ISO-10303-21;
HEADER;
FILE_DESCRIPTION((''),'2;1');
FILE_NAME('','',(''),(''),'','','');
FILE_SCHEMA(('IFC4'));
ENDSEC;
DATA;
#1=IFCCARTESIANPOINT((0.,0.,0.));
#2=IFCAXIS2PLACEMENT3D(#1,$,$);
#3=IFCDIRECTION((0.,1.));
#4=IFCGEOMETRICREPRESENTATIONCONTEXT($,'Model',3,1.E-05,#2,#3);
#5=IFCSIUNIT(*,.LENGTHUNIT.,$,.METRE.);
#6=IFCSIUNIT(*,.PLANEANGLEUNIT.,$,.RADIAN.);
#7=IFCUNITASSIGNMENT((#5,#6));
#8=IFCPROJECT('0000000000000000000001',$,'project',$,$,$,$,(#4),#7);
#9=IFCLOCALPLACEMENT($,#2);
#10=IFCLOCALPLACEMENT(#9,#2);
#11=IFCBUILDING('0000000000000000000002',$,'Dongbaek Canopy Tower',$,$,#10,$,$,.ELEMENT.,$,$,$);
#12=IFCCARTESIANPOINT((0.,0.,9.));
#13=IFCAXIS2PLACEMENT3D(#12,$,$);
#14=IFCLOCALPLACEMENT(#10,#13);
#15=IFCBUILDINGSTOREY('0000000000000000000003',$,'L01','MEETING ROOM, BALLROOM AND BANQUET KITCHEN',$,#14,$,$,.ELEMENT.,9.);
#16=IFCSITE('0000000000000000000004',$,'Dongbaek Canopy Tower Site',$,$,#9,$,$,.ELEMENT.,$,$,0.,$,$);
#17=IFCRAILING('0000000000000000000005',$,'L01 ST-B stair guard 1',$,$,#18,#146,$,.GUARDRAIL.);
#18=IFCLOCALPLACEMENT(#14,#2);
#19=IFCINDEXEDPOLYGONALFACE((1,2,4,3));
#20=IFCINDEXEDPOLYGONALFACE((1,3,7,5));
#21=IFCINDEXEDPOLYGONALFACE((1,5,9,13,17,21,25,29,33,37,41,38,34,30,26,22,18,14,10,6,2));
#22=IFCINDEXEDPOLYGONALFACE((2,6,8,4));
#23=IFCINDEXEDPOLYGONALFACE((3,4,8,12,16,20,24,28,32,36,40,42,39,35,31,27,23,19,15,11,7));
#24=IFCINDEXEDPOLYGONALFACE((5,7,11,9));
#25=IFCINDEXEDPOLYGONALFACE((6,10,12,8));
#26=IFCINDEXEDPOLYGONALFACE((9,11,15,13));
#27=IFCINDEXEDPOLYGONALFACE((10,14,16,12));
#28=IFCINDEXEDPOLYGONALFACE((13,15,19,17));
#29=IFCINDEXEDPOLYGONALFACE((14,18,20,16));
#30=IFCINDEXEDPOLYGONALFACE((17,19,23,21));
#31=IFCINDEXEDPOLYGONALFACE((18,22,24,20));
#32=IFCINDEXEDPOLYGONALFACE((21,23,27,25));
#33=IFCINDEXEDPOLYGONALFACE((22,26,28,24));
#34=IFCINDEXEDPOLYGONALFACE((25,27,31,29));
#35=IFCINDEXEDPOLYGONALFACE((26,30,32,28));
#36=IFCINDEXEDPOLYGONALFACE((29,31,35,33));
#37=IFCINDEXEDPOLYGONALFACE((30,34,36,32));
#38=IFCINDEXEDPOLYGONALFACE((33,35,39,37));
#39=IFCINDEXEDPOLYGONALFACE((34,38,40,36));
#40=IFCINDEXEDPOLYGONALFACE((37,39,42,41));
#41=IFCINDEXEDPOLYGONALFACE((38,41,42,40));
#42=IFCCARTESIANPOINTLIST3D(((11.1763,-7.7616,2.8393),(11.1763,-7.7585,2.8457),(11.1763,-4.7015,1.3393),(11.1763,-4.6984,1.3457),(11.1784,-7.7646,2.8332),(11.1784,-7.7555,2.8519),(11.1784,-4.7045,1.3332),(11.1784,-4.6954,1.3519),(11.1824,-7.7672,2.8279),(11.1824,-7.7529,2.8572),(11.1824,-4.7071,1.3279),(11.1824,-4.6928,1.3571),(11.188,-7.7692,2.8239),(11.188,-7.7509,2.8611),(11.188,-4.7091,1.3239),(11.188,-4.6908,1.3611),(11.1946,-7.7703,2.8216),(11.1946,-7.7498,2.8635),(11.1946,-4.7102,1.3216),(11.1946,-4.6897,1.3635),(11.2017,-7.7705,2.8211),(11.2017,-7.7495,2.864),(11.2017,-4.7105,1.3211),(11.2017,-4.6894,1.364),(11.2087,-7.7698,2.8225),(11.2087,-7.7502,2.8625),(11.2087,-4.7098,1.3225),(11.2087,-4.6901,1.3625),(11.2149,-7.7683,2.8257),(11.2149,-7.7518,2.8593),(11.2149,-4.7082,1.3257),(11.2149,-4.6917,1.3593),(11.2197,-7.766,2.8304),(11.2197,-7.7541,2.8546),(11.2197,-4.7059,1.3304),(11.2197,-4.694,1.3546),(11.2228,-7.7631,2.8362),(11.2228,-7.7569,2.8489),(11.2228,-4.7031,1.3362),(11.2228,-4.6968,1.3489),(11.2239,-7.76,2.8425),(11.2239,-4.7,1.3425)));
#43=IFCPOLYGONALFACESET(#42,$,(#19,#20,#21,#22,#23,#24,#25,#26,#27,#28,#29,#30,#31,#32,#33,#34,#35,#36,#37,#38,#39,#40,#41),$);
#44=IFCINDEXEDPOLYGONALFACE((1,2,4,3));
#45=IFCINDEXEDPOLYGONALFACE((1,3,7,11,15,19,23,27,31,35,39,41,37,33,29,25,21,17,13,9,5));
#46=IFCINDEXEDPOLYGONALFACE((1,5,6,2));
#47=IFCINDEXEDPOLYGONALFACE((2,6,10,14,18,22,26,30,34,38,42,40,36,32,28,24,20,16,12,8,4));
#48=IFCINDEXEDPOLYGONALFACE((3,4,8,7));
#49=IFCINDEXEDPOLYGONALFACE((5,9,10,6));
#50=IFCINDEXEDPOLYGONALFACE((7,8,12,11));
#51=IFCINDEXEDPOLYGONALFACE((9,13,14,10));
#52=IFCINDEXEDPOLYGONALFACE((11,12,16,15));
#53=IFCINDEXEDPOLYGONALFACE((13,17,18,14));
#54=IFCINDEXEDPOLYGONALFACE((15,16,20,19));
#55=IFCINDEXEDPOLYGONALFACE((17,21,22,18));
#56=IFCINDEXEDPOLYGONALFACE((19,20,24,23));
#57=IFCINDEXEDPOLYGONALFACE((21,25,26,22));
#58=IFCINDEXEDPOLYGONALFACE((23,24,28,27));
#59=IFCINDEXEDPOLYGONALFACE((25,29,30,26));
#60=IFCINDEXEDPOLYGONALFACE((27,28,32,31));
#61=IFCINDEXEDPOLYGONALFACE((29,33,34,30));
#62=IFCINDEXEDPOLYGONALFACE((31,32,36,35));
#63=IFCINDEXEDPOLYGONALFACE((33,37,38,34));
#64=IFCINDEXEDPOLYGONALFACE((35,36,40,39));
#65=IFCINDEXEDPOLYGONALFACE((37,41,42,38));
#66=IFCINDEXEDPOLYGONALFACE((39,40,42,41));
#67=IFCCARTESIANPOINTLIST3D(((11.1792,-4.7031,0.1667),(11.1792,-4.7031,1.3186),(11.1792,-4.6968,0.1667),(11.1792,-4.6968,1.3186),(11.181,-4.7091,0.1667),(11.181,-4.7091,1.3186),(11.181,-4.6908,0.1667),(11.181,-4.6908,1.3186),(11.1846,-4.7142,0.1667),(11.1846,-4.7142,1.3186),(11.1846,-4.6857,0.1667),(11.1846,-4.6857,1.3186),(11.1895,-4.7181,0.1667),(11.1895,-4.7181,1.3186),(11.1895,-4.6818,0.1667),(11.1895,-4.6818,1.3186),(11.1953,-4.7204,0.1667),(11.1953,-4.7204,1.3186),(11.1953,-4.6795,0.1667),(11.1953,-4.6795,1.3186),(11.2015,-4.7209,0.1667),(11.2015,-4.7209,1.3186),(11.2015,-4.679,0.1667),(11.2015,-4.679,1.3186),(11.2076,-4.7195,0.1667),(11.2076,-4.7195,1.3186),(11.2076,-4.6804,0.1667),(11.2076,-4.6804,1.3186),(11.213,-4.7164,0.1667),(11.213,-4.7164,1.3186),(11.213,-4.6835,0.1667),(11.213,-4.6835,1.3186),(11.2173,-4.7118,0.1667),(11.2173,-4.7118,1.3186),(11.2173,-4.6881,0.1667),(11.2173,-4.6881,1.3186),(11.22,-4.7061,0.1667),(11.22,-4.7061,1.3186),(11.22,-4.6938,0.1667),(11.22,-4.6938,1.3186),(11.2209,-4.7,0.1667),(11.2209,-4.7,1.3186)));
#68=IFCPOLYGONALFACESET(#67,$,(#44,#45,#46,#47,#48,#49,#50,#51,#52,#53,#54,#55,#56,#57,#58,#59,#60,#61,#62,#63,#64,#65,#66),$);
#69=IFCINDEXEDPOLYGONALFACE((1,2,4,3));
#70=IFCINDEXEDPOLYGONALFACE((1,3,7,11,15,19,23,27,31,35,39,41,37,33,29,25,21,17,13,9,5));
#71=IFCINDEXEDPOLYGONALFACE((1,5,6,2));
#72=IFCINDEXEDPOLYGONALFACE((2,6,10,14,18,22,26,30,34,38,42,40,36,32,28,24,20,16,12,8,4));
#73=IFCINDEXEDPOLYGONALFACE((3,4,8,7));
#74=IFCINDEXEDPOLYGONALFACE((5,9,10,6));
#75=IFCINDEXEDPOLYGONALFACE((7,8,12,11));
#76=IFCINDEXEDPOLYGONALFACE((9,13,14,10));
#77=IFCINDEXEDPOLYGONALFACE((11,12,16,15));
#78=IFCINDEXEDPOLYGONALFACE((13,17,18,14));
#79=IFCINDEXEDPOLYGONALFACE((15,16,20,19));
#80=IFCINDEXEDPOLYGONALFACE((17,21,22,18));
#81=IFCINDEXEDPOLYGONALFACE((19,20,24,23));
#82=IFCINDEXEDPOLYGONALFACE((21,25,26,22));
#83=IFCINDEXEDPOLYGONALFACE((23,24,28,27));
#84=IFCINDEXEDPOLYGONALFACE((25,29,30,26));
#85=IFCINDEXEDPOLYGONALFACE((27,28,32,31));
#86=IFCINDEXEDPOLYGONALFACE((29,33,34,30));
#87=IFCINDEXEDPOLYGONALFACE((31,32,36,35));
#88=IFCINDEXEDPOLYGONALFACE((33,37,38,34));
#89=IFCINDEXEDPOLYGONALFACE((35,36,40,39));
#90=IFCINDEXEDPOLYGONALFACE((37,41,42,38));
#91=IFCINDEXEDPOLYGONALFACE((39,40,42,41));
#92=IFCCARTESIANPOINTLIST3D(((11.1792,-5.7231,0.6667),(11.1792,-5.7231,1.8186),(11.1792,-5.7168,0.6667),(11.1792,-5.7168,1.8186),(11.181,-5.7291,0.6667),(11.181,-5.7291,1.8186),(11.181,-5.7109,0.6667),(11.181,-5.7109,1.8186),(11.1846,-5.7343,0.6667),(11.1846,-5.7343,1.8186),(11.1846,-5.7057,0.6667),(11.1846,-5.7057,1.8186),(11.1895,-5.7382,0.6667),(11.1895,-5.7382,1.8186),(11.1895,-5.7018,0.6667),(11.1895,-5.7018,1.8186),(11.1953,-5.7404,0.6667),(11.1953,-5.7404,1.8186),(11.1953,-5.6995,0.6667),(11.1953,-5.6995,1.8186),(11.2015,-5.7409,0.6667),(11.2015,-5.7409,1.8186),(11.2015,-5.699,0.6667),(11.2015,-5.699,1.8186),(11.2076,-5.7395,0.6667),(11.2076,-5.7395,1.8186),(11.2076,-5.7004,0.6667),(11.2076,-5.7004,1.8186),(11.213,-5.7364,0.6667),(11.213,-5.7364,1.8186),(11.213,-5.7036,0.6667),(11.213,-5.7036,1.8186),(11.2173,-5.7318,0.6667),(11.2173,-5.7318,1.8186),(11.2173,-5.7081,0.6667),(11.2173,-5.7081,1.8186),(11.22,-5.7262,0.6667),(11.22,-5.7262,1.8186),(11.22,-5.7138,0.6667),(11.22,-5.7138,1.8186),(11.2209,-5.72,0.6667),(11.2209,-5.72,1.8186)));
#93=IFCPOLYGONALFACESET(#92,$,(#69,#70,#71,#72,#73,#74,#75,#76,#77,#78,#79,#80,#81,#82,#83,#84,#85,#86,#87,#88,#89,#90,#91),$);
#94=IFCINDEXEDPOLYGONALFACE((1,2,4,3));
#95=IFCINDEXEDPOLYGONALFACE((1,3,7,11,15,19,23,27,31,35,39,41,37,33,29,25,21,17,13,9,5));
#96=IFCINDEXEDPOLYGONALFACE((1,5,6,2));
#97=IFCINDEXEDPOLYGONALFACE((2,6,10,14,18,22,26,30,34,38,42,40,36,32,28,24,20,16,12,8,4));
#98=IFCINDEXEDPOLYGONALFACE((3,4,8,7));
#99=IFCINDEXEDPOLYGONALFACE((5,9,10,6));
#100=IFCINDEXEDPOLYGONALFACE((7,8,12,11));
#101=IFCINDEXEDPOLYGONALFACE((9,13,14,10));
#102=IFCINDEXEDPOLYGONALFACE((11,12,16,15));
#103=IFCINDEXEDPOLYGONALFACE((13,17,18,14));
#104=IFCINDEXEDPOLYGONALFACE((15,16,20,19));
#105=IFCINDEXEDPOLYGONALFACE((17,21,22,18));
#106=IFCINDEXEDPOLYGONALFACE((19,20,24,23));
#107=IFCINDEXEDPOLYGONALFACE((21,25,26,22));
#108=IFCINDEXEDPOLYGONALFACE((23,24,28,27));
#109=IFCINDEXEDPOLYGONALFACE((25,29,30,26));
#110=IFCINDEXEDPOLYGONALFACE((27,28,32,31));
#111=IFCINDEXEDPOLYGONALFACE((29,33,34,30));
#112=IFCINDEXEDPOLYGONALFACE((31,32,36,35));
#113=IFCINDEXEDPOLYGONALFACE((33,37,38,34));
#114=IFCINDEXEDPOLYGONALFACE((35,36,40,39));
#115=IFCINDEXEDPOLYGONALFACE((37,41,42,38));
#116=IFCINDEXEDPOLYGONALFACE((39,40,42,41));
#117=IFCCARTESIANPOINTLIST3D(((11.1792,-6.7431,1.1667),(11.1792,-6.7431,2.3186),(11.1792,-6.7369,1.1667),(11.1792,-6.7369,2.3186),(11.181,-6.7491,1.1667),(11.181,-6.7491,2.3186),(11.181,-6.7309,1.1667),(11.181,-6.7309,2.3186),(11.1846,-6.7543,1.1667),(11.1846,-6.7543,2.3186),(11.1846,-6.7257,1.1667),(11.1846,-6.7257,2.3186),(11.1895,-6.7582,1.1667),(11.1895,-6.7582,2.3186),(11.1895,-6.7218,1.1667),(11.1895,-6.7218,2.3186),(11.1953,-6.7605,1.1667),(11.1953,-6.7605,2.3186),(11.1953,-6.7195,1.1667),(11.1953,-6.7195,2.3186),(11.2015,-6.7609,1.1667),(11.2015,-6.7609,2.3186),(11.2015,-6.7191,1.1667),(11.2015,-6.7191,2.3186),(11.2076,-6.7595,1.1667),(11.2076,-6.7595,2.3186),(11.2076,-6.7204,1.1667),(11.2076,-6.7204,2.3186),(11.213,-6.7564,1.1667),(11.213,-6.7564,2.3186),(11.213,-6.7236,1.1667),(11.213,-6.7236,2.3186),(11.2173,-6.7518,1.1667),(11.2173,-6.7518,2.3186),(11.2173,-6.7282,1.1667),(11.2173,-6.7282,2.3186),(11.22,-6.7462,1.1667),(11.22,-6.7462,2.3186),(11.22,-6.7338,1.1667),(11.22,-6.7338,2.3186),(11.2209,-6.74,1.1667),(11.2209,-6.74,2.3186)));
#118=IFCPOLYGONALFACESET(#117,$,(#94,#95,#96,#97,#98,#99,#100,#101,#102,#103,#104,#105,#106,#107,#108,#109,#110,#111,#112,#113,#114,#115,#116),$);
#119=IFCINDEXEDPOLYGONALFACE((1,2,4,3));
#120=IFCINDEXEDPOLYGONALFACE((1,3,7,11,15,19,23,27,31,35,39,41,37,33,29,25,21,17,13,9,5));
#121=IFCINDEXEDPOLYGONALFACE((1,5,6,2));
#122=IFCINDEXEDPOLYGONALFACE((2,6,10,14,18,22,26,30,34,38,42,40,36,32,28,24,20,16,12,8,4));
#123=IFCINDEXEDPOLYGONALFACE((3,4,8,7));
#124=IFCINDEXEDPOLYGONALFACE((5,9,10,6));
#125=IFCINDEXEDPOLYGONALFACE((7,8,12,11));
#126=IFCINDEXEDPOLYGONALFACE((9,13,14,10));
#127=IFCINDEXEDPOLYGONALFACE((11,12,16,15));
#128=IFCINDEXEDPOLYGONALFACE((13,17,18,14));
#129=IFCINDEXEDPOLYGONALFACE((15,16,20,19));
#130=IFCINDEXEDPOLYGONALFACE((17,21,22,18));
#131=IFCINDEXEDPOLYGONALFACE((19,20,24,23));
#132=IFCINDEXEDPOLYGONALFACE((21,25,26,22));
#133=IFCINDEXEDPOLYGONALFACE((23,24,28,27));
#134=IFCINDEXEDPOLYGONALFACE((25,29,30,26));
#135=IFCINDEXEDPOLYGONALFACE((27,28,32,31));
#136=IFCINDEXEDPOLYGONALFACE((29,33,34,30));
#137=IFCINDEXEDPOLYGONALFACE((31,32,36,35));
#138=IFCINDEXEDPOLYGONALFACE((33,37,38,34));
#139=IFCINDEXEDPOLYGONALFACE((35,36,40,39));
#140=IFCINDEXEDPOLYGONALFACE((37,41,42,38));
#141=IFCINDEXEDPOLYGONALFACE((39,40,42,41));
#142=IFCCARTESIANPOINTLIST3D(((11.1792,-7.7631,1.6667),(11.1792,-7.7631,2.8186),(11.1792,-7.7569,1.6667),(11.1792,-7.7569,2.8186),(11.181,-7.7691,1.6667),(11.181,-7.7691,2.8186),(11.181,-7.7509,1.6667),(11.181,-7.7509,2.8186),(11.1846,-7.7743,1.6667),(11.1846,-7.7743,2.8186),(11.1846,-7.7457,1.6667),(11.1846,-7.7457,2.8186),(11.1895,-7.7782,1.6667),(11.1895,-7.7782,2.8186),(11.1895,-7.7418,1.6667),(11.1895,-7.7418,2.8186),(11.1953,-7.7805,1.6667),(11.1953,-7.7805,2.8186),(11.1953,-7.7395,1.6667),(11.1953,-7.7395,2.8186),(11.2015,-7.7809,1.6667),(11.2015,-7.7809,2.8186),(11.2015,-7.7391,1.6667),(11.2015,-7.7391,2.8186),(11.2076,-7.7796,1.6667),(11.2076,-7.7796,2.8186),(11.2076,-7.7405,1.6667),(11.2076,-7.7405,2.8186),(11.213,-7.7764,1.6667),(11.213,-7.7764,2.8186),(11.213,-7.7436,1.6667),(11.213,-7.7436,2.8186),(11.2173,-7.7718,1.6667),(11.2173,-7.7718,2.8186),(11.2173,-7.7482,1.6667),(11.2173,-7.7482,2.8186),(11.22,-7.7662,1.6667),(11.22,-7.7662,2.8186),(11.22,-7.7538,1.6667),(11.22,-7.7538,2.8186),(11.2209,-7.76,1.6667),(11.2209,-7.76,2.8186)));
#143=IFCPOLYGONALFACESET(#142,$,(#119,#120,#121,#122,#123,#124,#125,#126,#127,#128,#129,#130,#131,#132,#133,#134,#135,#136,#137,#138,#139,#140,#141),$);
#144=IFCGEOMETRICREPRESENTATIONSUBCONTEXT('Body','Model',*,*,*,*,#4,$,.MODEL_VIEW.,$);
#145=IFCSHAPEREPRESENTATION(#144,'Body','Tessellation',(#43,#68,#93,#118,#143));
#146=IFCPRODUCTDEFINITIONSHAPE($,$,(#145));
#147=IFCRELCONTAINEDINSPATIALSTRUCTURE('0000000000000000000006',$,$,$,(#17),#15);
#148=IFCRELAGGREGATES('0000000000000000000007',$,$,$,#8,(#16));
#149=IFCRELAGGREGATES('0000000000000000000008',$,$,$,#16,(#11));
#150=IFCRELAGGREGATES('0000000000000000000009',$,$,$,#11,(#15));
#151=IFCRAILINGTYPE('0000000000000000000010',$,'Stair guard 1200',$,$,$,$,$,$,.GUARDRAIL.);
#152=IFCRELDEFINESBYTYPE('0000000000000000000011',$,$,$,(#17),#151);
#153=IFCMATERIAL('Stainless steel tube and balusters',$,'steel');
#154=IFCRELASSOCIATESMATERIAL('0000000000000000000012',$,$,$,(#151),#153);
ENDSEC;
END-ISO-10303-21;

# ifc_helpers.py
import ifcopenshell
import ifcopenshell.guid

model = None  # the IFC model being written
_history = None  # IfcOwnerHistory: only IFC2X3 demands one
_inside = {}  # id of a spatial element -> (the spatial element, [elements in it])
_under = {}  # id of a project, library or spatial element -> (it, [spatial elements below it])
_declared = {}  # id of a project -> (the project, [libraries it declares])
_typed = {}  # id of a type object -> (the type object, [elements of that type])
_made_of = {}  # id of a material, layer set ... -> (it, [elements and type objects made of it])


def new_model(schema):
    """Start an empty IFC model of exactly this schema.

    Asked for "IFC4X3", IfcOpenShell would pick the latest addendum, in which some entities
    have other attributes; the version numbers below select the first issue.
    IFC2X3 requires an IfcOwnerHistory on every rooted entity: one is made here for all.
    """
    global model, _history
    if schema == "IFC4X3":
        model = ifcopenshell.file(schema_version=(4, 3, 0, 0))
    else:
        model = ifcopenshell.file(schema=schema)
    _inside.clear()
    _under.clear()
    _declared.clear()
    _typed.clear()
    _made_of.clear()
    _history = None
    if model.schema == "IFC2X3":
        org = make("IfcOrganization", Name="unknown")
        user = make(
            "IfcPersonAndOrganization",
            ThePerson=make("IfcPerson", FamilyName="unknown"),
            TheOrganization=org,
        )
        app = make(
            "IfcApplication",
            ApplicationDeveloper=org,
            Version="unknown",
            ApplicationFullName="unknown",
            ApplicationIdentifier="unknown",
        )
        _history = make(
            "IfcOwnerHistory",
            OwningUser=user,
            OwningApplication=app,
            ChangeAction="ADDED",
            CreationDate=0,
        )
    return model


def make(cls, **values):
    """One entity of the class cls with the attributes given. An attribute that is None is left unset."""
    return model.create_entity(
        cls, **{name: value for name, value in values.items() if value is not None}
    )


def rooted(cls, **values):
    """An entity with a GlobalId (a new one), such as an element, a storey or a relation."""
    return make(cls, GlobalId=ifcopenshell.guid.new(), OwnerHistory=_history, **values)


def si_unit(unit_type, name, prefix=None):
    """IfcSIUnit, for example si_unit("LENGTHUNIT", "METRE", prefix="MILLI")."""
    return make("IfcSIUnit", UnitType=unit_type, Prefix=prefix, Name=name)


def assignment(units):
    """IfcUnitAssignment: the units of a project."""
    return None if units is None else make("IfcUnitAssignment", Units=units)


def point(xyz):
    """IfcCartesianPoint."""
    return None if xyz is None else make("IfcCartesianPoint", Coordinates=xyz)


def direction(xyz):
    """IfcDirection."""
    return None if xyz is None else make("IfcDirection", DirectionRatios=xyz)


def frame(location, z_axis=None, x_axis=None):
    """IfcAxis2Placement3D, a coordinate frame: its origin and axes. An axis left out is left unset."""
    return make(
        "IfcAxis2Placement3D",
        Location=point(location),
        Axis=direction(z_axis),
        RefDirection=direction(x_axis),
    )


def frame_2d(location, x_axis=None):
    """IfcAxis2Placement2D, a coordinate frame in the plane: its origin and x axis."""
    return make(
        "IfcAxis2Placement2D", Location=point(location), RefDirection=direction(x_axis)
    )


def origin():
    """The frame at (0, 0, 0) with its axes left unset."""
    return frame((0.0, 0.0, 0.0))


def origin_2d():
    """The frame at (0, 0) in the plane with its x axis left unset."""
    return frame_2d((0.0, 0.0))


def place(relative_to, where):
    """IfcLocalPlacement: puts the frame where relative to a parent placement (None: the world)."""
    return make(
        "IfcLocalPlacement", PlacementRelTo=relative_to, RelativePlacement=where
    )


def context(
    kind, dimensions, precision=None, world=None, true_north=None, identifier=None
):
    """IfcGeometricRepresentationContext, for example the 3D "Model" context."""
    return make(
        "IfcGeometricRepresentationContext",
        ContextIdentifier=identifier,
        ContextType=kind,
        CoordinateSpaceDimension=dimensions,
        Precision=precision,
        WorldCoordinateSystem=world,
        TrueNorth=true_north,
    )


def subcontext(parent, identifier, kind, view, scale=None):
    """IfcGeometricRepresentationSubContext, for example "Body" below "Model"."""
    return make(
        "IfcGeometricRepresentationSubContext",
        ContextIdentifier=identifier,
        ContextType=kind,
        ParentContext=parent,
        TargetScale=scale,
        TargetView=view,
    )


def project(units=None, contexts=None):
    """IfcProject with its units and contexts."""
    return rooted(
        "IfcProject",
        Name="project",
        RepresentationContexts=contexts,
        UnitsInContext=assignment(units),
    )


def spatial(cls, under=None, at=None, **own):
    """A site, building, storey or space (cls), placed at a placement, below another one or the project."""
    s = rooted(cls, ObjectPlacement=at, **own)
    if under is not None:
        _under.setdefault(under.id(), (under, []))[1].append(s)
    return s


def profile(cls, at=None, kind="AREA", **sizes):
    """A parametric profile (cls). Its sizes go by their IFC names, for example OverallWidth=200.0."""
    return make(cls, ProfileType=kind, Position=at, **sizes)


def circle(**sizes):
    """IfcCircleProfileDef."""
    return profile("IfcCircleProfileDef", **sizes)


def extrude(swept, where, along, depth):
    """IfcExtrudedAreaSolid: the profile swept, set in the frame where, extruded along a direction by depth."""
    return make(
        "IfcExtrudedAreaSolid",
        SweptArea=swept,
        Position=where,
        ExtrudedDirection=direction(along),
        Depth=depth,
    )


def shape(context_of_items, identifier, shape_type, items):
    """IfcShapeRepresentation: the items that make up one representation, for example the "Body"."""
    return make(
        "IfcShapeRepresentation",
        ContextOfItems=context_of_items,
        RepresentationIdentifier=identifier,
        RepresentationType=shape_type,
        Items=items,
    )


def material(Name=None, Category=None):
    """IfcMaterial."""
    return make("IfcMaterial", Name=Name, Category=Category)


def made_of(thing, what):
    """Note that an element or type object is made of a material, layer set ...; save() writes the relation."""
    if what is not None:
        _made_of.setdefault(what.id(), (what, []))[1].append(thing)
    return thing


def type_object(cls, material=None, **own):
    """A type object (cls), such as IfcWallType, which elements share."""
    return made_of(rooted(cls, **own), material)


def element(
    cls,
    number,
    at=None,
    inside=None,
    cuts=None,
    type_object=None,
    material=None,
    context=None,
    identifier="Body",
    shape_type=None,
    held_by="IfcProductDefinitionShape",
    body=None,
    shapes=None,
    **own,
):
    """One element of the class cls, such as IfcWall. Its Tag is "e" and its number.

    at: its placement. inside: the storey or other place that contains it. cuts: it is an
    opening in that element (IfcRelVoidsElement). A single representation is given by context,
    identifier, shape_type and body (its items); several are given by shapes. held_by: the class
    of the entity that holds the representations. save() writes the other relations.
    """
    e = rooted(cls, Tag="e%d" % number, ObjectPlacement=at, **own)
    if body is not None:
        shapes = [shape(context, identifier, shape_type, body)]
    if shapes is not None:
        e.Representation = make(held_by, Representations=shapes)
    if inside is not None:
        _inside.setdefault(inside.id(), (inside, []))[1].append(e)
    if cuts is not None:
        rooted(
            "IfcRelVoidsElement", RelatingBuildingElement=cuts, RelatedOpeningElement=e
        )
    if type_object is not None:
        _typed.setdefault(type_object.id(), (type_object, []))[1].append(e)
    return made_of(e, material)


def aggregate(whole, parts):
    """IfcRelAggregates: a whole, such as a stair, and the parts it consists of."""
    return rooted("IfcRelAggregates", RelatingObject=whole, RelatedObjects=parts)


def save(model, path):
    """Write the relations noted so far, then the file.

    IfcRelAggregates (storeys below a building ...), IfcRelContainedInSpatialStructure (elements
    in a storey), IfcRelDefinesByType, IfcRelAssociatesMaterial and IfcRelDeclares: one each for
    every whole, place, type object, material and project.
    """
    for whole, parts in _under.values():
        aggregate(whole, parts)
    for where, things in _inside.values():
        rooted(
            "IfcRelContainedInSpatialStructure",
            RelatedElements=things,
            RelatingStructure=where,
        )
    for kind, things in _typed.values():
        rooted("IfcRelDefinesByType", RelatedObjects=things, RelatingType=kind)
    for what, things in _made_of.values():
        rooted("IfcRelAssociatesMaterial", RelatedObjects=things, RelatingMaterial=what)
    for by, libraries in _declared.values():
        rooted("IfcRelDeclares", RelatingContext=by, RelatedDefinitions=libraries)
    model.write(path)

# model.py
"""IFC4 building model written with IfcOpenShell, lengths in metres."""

from ifc_helpers import new_model, si_unit, direction, frame, origin, origin_2d, place, context, subcontext, project, spatial, circle, extrude, material, type_object, element, save


model = new_model("IFC4")

# Units and contexts
model_context = context("Model", 3, precision=1e-05, world=origin(), true_north=direction((0.0, 1.0)))
body_context = subcontext(model_context, "Body", "Model", "MODEL_VIEW")
ifc_project = project(units=[si_unit("LENGTHUNIT", "METRE"), si_unit("PLANEANGLEUNIT", "RADIAN")], contexts=[model_context])

# Site, building, storey
site_placement = place(None, origin())
site = spatial("IfcSite", under=ifc_project, at=site_placement, Name="Dongbaek Canopy Tower Site", CompositionType="ELEMENT", RefElevation=0.0)
building_placement = place(site_placement, origin())
building = spatial("IfcBuilding", under=site, at=building_placement, Name="Dongbaek Canopy Tower", CompositionType="ELEMENT")
storey_placement = place(building_placement, frame((0.0, 0.0, 9.0)))
storey = spatial("IfcBuildingStorey", under=building, at=storey_placement, Name="L01", Description="MEETING ROOM, BALLROOM AND BANQUET KITCHEN", CompositionType="ELEMENT", Elevation=9.0)

# Railing
ifc_material_1 = material(Name="Stainless steel tube and balusters", Category="steel")
railing_type_1 = type_object("IfcRailingType", Name="Stair guard 1200", PredefinedType="GUARDRAIL", material=ifc_material_1)
railing_1_placement = place(storey_placement, frame((11.2, -4.7, 0.1667)))
element("IfcRailing", 1, at=railing_1_placement, inside=storey, type_object=railing_type_1, Name="L01 ST-B stair guard 1", PredefinedType="GUARDRAIL", context=body_context, shape_type="SweptSolid", body=[
    extrude(circle(Radius=0.0239, at=origin_2d()), frame((0.0, 0.0, 1.1758), z_axis=(0.0, -0.897924, 0.44015), x_axis=(1.0, 0.0, 0.0)), (0.0, 0.0, 1.0), 3.408),
    extrude(circle(Radius=0.021, at=origin_2d()), origin(), (0.0, 0.0, 1.0), 1.1519),
    extrude(circle(Radius=0.021, at=origin_2d()), frame((0.0, -1.02, 0.5)), (0.0, 0.0, 1.0), 1.1519),
    extrude(circle(Radius=0.021, at=origin_2d()), frame((0.0, -2.04, 1.0)), (0.0, 0.0, 1.0), 1.1519),
    extrude(circle(Radius=0.021, at=origin_2d()), frame((0.0, -3.0601, 1.5)), (0.0, 0.0, 1.0), 1.1519),
])

save(model, "model.ifc")
